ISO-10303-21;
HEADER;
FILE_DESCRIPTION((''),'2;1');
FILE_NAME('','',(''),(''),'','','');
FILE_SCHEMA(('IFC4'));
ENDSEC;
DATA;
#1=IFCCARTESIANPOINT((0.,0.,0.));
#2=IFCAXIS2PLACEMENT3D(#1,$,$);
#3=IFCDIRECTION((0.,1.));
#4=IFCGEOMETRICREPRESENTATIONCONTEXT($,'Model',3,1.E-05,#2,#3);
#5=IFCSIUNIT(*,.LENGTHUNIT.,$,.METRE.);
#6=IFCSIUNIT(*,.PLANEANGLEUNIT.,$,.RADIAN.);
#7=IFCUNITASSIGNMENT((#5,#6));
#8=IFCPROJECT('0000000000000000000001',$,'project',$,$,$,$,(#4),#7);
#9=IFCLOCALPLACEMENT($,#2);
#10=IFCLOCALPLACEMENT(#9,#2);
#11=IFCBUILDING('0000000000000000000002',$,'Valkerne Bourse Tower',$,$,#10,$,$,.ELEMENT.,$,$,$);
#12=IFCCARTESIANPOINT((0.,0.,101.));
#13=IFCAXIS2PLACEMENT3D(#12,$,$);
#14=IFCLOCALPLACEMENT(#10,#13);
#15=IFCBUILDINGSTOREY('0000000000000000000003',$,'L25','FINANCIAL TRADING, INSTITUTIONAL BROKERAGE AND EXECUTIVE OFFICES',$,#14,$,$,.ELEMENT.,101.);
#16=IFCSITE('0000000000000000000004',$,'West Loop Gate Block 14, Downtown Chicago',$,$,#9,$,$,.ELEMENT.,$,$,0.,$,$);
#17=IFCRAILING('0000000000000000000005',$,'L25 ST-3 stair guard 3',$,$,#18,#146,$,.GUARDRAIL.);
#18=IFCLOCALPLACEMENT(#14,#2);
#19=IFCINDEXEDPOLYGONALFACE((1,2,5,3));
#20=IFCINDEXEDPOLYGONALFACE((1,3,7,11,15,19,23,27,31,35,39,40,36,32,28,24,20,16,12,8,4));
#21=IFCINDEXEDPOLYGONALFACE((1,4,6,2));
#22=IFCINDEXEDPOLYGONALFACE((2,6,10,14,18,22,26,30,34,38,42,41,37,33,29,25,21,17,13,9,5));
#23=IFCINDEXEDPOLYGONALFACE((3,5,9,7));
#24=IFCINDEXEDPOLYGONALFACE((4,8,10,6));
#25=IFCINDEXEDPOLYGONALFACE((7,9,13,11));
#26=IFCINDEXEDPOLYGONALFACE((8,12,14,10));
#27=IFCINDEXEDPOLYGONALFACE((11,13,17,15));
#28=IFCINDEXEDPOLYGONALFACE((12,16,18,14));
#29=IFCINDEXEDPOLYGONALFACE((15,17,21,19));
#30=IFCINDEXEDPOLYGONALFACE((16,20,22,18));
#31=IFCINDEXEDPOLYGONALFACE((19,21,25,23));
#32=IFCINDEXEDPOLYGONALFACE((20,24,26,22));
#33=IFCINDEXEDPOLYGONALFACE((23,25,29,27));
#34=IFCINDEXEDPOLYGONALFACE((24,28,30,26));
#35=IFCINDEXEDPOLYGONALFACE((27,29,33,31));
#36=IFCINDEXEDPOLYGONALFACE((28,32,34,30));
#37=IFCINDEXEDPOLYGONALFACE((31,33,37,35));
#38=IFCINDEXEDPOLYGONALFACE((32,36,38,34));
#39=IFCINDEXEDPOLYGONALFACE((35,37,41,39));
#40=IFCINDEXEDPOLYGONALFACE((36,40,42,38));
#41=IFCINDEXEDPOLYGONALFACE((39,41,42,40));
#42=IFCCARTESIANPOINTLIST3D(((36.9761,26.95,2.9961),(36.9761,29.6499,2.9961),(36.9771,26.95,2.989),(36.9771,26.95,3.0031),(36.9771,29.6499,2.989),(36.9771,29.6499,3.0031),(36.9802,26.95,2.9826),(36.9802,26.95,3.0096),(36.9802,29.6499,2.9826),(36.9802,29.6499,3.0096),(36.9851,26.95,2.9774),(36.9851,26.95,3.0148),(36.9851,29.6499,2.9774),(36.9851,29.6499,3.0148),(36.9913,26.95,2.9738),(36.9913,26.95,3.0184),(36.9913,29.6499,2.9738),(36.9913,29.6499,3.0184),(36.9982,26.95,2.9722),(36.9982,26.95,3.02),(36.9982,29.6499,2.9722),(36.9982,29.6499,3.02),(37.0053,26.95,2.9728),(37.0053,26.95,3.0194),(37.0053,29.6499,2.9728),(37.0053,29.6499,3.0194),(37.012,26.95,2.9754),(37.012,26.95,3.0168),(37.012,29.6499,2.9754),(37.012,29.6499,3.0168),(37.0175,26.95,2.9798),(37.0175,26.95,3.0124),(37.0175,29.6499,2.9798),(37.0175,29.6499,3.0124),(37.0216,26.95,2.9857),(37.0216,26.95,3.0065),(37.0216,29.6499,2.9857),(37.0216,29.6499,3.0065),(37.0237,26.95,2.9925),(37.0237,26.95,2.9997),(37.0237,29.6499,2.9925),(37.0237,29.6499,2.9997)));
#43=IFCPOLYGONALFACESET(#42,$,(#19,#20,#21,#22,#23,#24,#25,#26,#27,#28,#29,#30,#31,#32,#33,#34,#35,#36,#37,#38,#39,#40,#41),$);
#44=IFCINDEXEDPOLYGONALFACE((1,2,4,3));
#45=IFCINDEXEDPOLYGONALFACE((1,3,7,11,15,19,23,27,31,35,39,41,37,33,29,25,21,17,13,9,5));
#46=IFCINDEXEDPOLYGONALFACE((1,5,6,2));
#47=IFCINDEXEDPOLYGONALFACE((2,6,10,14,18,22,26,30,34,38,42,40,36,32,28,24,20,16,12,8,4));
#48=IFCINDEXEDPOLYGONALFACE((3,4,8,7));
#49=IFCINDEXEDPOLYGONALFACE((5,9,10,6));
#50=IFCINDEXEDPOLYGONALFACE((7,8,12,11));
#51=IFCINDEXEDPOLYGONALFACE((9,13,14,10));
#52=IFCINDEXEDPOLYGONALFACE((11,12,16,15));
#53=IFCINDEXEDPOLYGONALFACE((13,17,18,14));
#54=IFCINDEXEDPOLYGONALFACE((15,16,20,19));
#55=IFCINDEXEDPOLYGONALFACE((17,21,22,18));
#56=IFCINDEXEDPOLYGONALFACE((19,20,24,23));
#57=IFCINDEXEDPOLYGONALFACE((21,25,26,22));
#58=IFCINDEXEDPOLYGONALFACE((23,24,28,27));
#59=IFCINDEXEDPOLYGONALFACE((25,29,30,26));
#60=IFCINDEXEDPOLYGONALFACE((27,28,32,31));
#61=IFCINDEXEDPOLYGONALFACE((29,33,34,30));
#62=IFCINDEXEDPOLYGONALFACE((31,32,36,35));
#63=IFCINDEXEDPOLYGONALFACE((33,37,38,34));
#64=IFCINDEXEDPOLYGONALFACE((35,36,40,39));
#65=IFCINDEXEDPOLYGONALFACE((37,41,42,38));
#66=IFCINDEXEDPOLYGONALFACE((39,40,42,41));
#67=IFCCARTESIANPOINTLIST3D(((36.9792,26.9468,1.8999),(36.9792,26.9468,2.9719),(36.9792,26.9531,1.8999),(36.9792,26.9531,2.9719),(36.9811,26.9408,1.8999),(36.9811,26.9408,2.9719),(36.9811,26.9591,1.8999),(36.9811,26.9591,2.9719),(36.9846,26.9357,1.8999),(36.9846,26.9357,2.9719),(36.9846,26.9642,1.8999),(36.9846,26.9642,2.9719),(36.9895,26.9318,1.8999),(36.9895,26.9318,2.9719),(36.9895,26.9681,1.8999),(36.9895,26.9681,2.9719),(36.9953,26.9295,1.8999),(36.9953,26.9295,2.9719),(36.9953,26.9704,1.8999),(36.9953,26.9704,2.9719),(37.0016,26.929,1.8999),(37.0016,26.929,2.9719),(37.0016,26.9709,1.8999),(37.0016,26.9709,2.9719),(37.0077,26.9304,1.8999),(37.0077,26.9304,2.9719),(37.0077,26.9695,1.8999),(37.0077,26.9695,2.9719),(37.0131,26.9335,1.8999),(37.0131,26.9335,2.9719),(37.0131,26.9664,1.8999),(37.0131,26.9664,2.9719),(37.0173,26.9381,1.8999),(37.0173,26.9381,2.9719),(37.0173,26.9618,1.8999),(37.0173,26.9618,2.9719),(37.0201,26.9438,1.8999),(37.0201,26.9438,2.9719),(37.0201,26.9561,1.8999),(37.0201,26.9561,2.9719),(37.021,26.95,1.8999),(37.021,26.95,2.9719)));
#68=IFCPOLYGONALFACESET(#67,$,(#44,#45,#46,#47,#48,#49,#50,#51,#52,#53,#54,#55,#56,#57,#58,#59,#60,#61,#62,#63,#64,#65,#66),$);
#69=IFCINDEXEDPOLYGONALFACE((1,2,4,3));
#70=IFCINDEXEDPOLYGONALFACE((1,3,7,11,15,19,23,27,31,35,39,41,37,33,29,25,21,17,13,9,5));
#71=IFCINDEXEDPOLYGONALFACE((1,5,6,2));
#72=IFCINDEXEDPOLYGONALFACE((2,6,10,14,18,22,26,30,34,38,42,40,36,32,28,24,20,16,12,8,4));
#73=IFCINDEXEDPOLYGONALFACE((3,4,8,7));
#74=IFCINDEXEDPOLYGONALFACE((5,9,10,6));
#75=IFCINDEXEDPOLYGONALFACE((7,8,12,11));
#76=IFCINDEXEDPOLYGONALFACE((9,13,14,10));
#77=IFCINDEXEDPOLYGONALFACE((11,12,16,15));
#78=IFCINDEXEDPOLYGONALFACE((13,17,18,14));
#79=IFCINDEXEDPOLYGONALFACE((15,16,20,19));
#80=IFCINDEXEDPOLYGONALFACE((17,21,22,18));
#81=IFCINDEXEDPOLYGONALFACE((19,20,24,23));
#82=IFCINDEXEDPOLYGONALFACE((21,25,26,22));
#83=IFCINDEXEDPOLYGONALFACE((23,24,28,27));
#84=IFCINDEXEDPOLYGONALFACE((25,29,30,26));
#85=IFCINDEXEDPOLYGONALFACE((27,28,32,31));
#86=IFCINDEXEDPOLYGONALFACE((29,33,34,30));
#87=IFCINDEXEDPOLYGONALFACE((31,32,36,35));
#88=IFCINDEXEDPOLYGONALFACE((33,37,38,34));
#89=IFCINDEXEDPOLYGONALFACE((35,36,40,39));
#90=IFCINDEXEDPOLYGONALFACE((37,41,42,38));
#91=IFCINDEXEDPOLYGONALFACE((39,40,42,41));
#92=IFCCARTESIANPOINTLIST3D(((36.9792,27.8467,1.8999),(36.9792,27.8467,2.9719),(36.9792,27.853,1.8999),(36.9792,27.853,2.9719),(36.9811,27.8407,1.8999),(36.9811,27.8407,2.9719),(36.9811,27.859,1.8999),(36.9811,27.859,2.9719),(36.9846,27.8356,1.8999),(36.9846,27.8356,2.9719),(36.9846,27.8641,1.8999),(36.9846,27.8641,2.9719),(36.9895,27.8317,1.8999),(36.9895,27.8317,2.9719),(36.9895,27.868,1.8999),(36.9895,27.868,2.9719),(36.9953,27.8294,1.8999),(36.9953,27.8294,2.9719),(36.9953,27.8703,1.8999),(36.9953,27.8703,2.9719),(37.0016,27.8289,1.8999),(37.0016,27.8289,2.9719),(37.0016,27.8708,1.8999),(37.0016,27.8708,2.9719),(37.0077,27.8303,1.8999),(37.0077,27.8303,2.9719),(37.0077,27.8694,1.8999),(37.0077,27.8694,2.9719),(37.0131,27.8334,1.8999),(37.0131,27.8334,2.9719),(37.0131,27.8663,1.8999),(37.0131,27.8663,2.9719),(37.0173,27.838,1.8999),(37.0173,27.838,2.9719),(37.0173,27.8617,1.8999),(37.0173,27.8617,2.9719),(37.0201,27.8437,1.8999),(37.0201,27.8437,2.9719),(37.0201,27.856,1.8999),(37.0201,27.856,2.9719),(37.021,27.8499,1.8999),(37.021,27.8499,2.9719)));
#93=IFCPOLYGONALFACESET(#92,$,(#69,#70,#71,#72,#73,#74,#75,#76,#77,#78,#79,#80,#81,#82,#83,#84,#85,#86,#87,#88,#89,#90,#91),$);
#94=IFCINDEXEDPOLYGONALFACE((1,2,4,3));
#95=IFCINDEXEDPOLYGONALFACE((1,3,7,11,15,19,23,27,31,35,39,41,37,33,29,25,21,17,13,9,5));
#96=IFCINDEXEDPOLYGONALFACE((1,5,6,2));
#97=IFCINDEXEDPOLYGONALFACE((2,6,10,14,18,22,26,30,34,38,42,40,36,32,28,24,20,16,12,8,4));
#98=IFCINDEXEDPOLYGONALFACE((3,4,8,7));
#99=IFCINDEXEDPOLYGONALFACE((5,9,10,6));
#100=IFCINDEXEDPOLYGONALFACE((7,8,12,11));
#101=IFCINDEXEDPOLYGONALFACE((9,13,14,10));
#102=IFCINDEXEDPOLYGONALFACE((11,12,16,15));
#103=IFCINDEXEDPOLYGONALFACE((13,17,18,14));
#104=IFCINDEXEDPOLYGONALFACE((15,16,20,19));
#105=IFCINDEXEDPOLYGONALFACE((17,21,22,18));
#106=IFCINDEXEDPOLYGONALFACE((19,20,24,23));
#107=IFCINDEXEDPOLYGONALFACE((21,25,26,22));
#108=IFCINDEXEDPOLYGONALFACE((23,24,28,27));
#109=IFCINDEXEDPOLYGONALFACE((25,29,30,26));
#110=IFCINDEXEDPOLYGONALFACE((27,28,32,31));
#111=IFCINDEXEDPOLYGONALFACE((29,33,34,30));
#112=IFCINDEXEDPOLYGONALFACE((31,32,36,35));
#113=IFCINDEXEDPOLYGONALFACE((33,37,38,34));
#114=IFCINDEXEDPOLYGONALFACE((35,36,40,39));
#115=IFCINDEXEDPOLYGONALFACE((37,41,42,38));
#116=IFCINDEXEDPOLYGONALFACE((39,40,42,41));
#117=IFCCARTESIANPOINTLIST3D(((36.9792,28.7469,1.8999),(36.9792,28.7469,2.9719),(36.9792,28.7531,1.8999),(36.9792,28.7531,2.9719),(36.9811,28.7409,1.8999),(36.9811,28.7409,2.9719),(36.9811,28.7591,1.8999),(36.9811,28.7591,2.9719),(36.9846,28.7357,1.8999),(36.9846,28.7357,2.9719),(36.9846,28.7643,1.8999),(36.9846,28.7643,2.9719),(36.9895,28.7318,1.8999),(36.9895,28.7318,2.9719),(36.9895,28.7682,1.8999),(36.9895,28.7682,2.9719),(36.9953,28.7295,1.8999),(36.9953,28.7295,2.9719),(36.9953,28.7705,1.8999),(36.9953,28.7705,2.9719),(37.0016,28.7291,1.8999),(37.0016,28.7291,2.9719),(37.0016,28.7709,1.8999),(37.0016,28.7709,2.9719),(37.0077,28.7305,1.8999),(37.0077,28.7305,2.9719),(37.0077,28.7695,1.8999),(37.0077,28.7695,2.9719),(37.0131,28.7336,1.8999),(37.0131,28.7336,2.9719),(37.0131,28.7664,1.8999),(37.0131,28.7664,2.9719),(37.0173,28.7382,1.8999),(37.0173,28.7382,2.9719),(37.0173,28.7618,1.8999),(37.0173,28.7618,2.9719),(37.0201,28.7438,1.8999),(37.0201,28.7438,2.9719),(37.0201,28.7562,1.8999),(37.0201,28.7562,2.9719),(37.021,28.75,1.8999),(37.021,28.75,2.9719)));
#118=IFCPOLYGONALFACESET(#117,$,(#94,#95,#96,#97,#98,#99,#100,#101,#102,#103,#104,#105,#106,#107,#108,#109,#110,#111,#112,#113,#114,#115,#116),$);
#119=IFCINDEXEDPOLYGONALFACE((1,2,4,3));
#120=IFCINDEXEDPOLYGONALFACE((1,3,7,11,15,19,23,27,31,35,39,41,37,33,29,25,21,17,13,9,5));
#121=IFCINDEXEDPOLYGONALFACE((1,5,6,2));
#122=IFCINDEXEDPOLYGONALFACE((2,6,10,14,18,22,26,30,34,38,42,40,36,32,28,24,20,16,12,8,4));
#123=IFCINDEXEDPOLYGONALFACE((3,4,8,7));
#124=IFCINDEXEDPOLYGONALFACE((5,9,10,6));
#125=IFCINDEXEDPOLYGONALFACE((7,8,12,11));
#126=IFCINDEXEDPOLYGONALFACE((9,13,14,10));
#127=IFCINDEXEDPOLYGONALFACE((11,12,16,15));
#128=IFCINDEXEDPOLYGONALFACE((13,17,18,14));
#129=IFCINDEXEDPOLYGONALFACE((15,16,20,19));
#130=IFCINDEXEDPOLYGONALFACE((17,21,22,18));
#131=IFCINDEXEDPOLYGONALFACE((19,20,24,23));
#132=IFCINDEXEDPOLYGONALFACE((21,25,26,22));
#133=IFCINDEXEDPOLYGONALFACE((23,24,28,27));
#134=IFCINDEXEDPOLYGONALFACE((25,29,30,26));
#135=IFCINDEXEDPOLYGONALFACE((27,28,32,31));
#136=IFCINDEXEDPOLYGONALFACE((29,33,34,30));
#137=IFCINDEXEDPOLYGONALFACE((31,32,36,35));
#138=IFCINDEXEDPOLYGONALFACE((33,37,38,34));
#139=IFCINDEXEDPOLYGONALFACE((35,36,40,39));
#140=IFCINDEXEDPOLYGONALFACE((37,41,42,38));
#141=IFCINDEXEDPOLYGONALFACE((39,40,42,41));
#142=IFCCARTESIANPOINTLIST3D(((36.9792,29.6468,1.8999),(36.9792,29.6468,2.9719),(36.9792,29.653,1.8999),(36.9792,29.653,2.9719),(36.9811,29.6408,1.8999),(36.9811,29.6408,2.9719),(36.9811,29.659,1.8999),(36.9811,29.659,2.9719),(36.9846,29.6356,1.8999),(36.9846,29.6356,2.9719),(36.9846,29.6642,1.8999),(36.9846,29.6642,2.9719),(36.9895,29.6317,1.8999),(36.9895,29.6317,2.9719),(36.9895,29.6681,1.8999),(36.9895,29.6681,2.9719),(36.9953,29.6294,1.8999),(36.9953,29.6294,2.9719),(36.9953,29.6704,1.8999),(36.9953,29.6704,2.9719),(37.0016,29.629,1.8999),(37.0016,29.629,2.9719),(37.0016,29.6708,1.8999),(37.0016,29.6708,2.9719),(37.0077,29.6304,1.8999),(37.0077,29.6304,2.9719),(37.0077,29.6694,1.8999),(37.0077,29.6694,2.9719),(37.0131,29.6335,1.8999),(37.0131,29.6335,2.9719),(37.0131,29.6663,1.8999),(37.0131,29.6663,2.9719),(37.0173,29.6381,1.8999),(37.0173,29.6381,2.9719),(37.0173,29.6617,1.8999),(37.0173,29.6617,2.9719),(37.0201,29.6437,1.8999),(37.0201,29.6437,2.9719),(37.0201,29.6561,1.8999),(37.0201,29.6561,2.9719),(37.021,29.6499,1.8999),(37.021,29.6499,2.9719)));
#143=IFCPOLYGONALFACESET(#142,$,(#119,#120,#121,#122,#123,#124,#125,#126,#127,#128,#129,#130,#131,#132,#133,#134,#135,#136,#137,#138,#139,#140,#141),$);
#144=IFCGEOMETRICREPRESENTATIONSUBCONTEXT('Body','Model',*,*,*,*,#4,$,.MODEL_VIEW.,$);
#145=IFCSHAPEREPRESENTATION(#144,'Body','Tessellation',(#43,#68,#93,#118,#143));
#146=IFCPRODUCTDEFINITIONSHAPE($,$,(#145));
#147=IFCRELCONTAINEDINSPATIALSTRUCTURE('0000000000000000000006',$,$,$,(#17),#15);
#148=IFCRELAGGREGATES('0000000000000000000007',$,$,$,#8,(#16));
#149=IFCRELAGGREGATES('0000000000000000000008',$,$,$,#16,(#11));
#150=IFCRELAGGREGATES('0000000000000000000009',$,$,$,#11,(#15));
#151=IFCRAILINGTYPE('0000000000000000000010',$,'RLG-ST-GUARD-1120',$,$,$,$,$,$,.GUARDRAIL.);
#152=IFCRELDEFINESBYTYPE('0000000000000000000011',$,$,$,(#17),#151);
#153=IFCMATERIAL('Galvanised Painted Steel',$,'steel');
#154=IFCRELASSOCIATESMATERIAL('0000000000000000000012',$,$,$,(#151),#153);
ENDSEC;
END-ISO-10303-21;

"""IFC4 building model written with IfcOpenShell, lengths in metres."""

from ifc_helpers import new_model, si_unit, direction, frame, origin, origin_2d, place, context, subcontext, project, spatial, circle, extrude, material, type_object, element, save


model = new_model("IFC4")

# Units and contexts
model_context = context("Model", 3, precision=1e-05, world=origin(), true_north=direction((0.0, 1.0)))
body_context = subcontext(model_context, "Body", "Model", "MODEL_VIEW")
ifc_project = project(units=[si_unit("LENGTHUNIT", "METRE"), si_unit("PLANEANGLEUNIT", "RADIAN")], contexts=[model_context])

# Site, building, storey
site_placement = place(None, origin())
site = spatial("IfcSite", under=ifc_project, at=site_placement, Name="West Loop Gate Block 14, Downtown Chicago", CompositionType="ELEMENT", RefElevation=0.0)
building_placement = place(site_placement, origin())
building = spatial("IfcBuilding", under=site, at=building_placement, Name="Valkerne Bourse Tower", CompositionType="ELEMENT")
storey_placement = place(building_placement, frame((0.0, 0.0, 101.0)))
storey = spatial("IfcBuildingStorey", under=building, at=storey_placement, Name="L25", Description="FINANCIAL TRADING, INSTITUTIONAL BROKERAGE AND EXECUTIVE OFFICES", CompositionType="ELEMENT", Elevation=101.0)

# Shared definitions
ifc_material_1 = material(Name="Galvanised Painted Steel", Category="steel")

# Railing
railing_type_1 = type_object("IfcRailingType", Name="RLG-ST-GUARD-1120", PredefinedType="GUARDRAIL", material=ifc_material_1)
for number, where, name in (
    (1, (37.0, 26.95, 1.8999), "L25 ST-3 stair guard 3"),
):
    element("IfcRailing", number, at=place(storey_placement, frame(where)), inside=storey, type_object=railing_type_1, Name=name, PredefinedType="GUARDRAIL", context=body_context, shape_type="SweptSolid", body=[
        extrude(circle(Radius=0.0239, at=origin_2d()), frame((0.0, 0.0, 1.0962), z_axis=(0.0, 1.0, 0.0), x_axis=(-1.0, 0.0, 0.0)), (0.0, 0.0, 1.0), 2.7),
        extrude(circle(Radius=0.021, at=origin_2d()), origin(), (0.0, 0.0, 1.0), 1.072),
        extrude(circle(Radius=0.021, at=origin_2d()), frame((0.0, 0.8999, 0.0)), (0.0, 0.0, 1.0), 1.072),
        extrude(circle(Radius=0.021, at=origin_2d()), frame((0.0, 1.8, 0.0)), (0.0, 0.0, 1.0), 1.072),
        extrude(circle(Radius=0.021, at=origin_2d()), frame((0.0, 2.7, 0.0)), (0.0, 0.0, 1.0), 1.072),
    ])

save(model, "model.ifc")
